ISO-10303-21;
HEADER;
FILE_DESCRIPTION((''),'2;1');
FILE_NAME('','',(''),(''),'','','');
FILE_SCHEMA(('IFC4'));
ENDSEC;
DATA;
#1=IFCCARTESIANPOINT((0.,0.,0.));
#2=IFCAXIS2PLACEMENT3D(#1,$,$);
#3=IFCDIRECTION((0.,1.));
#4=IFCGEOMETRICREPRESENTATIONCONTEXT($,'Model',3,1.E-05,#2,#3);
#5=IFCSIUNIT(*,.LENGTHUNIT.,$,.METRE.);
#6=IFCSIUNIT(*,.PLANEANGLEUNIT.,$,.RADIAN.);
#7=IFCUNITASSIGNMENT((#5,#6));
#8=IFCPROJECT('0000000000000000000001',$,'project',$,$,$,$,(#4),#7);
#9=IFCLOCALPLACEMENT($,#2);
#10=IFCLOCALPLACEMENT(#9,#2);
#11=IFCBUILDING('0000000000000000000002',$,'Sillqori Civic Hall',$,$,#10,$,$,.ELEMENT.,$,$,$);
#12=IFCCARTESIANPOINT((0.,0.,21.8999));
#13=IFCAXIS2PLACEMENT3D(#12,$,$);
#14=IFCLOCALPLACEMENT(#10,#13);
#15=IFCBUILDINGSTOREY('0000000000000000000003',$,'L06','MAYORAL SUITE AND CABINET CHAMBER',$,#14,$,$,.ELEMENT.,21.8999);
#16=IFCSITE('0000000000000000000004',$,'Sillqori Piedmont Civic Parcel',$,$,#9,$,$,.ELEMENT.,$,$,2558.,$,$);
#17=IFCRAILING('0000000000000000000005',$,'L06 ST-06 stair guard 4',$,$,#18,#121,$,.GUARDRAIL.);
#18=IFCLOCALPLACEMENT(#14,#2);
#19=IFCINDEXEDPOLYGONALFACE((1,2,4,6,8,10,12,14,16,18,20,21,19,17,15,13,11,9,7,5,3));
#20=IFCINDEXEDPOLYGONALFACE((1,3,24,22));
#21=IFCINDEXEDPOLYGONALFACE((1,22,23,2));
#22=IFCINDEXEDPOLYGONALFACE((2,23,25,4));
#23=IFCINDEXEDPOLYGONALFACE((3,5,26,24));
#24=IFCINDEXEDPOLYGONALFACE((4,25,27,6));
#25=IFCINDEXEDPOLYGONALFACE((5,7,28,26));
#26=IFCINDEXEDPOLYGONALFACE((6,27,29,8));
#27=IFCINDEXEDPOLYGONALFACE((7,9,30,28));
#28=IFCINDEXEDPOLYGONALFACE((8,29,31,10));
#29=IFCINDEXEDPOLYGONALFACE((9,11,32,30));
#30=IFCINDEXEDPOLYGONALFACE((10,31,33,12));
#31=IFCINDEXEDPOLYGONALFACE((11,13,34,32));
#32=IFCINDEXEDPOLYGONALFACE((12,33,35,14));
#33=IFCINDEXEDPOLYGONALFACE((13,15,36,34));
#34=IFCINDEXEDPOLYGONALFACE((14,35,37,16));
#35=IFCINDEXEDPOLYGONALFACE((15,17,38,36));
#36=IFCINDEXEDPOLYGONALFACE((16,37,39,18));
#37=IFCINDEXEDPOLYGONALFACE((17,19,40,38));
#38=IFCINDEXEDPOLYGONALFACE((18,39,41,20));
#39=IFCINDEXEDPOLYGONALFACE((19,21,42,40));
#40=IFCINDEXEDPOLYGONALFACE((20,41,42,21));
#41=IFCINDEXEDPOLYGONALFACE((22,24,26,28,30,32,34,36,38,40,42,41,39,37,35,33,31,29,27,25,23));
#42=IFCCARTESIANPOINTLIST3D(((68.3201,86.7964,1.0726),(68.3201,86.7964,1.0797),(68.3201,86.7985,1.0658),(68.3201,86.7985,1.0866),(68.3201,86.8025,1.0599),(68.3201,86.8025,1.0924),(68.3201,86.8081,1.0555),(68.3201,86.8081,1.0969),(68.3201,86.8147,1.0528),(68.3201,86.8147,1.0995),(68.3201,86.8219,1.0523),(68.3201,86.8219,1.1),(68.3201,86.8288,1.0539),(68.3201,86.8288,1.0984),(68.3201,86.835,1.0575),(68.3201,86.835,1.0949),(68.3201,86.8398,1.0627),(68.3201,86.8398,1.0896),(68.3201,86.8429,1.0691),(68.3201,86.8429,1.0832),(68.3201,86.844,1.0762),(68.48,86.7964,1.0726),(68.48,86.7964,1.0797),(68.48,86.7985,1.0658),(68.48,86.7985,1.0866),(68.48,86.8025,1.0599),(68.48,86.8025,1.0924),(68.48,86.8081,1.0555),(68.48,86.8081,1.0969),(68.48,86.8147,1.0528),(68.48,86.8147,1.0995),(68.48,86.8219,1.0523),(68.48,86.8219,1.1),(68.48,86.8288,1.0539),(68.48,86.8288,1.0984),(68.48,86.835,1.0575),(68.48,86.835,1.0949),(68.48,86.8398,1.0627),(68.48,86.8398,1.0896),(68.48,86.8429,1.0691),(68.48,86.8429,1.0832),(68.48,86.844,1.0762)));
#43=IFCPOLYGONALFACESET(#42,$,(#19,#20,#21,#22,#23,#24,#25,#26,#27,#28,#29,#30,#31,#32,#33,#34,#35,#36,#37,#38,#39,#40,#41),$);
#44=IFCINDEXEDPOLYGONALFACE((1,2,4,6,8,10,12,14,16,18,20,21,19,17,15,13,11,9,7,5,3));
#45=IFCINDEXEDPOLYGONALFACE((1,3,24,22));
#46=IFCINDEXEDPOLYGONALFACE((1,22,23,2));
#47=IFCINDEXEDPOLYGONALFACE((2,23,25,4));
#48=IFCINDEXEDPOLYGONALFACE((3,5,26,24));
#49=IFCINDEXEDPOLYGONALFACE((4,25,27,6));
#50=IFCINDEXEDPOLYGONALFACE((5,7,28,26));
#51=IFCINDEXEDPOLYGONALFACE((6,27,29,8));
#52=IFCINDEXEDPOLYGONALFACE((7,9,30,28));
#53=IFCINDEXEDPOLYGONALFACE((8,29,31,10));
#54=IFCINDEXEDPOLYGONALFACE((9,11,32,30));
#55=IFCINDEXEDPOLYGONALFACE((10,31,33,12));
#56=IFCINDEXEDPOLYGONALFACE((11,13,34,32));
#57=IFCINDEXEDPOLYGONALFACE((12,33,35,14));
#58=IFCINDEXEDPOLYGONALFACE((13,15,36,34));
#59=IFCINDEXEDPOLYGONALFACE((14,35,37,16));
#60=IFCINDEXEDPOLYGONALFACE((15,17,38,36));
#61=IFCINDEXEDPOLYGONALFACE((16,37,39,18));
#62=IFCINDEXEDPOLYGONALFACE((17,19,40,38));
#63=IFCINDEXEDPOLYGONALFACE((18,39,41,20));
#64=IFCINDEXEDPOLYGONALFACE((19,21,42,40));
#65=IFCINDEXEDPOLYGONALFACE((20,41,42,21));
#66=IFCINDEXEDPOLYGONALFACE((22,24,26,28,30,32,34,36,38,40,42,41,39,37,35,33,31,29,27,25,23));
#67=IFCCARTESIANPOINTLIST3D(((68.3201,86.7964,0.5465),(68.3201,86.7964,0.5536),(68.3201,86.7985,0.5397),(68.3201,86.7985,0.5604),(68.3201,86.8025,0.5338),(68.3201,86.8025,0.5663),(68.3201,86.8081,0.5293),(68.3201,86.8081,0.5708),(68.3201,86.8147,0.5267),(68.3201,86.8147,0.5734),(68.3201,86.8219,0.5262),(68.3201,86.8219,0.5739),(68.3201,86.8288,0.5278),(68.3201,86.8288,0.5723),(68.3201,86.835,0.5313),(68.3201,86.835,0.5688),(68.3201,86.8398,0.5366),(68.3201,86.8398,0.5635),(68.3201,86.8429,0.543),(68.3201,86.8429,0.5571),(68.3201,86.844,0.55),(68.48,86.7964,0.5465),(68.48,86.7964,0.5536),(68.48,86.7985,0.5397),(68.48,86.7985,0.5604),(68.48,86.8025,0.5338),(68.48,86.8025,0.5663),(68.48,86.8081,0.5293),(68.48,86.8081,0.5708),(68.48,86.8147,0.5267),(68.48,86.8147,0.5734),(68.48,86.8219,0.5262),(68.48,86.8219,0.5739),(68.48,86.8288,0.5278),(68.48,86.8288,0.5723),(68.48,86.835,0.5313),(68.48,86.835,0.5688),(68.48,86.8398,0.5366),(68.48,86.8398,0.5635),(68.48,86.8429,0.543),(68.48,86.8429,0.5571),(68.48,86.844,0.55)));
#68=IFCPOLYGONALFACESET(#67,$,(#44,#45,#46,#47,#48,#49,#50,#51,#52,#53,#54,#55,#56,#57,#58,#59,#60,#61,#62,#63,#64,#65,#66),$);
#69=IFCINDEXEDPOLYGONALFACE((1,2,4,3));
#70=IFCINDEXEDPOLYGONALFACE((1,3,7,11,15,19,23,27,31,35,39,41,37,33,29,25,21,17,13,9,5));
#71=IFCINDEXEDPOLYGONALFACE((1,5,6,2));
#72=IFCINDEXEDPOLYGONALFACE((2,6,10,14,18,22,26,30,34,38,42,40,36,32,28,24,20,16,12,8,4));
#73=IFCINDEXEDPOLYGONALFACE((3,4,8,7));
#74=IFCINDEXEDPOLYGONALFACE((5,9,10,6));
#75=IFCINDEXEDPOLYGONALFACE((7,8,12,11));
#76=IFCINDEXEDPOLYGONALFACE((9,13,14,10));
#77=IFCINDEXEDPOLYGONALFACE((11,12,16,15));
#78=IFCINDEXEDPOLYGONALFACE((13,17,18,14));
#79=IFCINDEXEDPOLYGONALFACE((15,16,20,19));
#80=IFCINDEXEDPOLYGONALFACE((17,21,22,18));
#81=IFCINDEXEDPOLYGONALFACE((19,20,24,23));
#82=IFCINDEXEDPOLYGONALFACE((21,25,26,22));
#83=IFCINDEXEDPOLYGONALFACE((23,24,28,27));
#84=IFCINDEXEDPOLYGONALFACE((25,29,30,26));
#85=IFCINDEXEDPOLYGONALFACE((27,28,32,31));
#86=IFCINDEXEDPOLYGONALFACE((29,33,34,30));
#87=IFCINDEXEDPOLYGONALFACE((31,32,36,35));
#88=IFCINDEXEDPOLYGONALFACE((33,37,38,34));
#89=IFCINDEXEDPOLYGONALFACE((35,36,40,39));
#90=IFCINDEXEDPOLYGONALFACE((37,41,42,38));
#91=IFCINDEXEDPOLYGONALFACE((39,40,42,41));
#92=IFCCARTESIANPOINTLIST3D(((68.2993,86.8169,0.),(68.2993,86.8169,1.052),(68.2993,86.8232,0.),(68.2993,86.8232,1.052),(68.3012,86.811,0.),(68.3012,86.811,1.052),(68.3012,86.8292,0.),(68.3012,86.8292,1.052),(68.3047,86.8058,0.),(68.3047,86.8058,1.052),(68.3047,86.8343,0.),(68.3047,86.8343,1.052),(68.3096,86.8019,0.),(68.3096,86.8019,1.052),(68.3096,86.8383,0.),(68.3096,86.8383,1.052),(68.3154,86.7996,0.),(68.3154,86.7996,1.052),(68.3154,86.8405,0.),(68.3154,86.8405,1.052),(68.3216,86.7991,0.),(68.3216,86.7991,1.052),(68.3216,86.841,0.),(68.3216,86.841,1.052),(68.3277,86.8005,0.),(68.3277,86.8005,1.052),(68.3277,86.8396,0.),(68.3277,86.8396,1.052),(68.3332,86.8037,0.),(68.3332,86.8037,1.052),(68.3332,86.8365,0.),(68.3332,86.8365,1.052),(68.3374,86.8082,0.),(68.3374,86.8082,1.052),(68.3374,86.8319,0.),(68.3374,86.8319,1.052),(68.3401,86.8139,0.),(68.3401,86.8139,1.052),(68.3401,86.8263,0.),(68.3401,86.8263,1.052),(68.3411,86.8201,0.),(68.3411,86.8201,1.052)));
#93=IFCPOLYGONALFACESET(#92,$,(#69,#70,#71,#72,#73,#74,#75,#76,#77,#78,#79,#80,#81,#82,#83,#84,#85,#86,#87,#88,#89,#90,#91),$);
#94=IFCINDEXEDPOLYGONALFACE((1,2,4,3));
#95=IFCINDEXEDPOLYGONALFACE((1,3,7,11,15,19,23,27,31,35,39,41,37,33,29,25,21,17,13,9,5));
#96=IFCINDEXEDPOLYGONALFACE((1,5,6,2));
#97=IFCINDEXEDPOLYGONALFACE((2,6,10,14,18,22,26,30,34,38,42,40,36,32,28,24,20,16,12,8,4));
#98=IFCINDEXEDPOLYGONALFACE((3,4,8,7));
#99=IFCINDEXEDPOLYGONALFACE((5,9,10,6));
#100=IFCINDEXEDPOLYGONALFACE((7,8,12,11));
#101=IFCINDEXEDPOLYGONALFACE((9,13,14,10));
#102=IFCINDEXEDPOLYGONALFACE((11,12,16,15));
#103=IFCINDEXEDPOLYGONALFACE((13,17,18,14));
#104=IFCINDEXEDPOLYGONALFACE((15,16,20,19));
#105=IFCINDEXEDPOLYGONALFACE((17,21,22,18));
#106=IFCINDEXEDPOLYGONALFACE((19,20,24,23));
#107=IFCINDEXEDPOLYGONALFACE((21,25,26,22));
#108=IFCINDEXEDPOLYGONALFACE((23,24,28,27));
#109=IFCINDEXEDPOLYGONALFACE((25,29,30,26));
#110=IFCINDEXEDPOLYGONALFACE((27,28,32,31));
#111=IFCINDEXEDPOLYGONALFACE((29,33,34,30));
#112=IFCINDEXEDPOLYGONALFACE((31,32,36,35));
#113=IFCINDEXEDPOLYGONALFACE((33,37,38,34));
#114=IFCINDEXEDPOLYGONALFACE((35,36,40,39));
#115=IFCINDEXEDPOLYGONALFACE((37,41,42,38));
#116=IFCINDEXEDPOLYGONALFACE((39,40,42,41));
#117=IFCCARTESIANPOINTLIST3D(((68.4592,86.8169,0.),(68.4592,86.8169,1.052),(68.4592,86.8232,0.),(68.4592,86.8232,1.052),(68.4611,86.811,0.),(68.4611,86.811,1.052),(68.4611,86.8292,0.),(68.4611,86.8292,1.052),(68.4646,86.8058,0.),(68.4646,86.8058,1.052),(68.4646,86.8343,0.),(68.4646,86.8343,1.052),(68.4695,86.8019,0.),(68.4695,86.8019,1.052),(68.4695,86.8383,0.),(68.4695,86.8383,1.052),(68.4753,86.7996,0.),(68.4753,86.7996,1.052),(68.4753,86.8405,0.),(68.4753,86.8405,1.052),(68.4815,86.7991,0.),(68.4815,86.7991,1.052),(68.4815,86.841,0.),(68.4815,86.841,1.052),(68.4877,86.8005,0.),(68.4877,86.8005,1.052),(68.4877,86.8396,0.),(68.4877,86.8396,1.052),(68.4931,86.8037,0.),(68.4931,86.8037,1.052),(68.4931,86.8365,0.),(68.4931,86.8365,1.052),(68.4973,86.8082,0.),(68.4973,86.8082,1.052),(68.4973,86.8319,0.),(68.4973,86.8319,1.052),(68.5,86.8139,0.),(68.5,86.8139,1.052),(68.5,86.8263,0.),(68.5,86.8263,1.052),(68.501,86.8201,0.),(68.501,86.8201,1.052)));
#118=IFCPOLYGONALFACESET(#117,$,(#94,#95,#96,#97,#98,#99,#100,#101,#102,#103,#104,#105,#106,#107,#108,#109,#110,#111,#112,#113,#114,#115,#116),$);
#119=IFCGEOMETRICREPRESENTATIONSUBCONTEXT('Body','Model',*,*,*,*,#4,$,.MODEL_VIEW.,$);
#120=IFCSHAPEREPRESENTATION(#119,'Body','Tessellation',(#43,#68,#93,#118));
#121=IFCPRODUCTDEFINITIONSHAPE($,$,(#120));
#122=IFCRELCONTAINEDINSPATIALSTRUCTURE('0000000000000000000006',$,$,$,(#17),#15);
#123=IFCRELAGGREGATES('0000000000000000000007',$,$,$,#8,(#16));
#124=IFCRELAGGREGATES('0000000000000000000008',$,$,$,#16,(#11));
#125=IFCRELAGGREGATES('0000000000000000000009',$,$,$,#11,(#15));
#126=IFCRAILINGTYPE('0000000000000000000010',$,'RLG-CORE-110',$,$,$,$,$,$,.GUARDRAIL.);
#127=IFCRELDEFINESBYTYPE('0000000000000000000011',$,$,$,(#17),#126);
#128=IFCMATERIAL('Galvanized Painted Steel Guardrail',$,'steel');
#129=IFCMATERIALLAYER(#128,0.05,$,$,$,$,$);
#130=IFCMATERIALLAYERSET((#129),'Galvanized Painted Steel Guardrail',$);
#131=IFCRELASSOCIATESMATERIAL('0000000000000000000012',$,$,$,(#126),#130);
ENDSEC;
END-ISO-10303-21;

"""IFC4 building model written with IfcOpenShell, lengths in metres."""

from ifc_helpers import new_model, si_unit, direction, frame, origin, origin_2d, place, context, subcontext, project, spatial, circle, extrude, material, layer, layer_set, type_object, element, save


model = new_model("IFC4")

# Units and contexts
model_context = context("Model", 3, precision=1e-05, world=origin(), true_north=direction((0.0, 1.0)))
body_context = subcontext(model_context, "Body", "Model", "MODEL_VIEW")
ifc_project = project(units=[si_unit("LENGTHUNIT", "METRE"), si_unit("PLANEANGLEUNIT", "RADIAN")], contexts=[model_context])

# Site, building, storey
site_placement = place(None, origin())
site = spatial("IfcSite", under=ifc_project, at=site_placement, Name="Sillqori Piedmont Civic Parcel", CompositionType="ELEMENT", RefElevation=2558.0)
building_placement = place(site_placement, origin())
building = spatial("IfcBuilding", under=site, at=building_placement, Name="Sillqori Civic Hall", CompositionType="ELEMENT")
storey_placement = place(building_placement, frame((0.0, 0.0, 21.8999)))
storey = spatial("IfcBuildingStorey", under=building, at=storey_placement, Name="L06", Description="MAYORAL SUITE AND CABINET CHAMBER", CompositionType="ELEMENT", Elevation=21.8999)

# Railing
ifc_material_1 = material(Name="Galvanized Painted Steel Guardrail", Category="steel")
ifc_layer_1 = layer(ifc_material_1, 0.05)
ifc_layer_set_1 = layer_set([ifc_layer_1], Name="Galvanized Painted Steel Guardrail")
railing_type_1 = type_object("IfcRailingType", Name="RLG-CORE-110", PredefinedType="GUARDRAIL", material=ifc_layer_set_1)
railing_1_placement = place(storey_placement, frame((68.3201, 86.8201, 0.0)))
element("IfcRailing", 1, at=railing_1_placement, inside=storey, type_object=railing_type_1, Name="L06 ST-06 stair guard 4", PredefinedType="GUARDRAIL", context=body_context, shape_type="SweptSolid", body=[
    extrude(circle(Radius=0.0239, at=origin_2d()), frame((0.0, 0.0, 1.0762), z_axis=(1.0, 0.0, 0.0), x_axis=(0.0, 1.0, 0.0)), (0.0, 0.0, 1.0), 0.1599),
    extrude(circle(Radius=0.0239, at=origin_2d()), frame((0.0, 0.0, 0.55), z_axis=(1.0, 0.0, 0.0), x_axis=(0.0, 1.0, 0.0)), (0.0, 0.0, 1.0), 0.1599),
    extrude(circle(Radius=0.021, at=origin_2d()), origin(), (0.0, 0.0, 1.0), 1.052),
    extrude(circle(Radius=0.021, at=origin_2d()), frame((0.1599, 0.0, 0.0)), (0.0, 0.0, 1.0), 1.052),
])

save(model, "model.ifc")
